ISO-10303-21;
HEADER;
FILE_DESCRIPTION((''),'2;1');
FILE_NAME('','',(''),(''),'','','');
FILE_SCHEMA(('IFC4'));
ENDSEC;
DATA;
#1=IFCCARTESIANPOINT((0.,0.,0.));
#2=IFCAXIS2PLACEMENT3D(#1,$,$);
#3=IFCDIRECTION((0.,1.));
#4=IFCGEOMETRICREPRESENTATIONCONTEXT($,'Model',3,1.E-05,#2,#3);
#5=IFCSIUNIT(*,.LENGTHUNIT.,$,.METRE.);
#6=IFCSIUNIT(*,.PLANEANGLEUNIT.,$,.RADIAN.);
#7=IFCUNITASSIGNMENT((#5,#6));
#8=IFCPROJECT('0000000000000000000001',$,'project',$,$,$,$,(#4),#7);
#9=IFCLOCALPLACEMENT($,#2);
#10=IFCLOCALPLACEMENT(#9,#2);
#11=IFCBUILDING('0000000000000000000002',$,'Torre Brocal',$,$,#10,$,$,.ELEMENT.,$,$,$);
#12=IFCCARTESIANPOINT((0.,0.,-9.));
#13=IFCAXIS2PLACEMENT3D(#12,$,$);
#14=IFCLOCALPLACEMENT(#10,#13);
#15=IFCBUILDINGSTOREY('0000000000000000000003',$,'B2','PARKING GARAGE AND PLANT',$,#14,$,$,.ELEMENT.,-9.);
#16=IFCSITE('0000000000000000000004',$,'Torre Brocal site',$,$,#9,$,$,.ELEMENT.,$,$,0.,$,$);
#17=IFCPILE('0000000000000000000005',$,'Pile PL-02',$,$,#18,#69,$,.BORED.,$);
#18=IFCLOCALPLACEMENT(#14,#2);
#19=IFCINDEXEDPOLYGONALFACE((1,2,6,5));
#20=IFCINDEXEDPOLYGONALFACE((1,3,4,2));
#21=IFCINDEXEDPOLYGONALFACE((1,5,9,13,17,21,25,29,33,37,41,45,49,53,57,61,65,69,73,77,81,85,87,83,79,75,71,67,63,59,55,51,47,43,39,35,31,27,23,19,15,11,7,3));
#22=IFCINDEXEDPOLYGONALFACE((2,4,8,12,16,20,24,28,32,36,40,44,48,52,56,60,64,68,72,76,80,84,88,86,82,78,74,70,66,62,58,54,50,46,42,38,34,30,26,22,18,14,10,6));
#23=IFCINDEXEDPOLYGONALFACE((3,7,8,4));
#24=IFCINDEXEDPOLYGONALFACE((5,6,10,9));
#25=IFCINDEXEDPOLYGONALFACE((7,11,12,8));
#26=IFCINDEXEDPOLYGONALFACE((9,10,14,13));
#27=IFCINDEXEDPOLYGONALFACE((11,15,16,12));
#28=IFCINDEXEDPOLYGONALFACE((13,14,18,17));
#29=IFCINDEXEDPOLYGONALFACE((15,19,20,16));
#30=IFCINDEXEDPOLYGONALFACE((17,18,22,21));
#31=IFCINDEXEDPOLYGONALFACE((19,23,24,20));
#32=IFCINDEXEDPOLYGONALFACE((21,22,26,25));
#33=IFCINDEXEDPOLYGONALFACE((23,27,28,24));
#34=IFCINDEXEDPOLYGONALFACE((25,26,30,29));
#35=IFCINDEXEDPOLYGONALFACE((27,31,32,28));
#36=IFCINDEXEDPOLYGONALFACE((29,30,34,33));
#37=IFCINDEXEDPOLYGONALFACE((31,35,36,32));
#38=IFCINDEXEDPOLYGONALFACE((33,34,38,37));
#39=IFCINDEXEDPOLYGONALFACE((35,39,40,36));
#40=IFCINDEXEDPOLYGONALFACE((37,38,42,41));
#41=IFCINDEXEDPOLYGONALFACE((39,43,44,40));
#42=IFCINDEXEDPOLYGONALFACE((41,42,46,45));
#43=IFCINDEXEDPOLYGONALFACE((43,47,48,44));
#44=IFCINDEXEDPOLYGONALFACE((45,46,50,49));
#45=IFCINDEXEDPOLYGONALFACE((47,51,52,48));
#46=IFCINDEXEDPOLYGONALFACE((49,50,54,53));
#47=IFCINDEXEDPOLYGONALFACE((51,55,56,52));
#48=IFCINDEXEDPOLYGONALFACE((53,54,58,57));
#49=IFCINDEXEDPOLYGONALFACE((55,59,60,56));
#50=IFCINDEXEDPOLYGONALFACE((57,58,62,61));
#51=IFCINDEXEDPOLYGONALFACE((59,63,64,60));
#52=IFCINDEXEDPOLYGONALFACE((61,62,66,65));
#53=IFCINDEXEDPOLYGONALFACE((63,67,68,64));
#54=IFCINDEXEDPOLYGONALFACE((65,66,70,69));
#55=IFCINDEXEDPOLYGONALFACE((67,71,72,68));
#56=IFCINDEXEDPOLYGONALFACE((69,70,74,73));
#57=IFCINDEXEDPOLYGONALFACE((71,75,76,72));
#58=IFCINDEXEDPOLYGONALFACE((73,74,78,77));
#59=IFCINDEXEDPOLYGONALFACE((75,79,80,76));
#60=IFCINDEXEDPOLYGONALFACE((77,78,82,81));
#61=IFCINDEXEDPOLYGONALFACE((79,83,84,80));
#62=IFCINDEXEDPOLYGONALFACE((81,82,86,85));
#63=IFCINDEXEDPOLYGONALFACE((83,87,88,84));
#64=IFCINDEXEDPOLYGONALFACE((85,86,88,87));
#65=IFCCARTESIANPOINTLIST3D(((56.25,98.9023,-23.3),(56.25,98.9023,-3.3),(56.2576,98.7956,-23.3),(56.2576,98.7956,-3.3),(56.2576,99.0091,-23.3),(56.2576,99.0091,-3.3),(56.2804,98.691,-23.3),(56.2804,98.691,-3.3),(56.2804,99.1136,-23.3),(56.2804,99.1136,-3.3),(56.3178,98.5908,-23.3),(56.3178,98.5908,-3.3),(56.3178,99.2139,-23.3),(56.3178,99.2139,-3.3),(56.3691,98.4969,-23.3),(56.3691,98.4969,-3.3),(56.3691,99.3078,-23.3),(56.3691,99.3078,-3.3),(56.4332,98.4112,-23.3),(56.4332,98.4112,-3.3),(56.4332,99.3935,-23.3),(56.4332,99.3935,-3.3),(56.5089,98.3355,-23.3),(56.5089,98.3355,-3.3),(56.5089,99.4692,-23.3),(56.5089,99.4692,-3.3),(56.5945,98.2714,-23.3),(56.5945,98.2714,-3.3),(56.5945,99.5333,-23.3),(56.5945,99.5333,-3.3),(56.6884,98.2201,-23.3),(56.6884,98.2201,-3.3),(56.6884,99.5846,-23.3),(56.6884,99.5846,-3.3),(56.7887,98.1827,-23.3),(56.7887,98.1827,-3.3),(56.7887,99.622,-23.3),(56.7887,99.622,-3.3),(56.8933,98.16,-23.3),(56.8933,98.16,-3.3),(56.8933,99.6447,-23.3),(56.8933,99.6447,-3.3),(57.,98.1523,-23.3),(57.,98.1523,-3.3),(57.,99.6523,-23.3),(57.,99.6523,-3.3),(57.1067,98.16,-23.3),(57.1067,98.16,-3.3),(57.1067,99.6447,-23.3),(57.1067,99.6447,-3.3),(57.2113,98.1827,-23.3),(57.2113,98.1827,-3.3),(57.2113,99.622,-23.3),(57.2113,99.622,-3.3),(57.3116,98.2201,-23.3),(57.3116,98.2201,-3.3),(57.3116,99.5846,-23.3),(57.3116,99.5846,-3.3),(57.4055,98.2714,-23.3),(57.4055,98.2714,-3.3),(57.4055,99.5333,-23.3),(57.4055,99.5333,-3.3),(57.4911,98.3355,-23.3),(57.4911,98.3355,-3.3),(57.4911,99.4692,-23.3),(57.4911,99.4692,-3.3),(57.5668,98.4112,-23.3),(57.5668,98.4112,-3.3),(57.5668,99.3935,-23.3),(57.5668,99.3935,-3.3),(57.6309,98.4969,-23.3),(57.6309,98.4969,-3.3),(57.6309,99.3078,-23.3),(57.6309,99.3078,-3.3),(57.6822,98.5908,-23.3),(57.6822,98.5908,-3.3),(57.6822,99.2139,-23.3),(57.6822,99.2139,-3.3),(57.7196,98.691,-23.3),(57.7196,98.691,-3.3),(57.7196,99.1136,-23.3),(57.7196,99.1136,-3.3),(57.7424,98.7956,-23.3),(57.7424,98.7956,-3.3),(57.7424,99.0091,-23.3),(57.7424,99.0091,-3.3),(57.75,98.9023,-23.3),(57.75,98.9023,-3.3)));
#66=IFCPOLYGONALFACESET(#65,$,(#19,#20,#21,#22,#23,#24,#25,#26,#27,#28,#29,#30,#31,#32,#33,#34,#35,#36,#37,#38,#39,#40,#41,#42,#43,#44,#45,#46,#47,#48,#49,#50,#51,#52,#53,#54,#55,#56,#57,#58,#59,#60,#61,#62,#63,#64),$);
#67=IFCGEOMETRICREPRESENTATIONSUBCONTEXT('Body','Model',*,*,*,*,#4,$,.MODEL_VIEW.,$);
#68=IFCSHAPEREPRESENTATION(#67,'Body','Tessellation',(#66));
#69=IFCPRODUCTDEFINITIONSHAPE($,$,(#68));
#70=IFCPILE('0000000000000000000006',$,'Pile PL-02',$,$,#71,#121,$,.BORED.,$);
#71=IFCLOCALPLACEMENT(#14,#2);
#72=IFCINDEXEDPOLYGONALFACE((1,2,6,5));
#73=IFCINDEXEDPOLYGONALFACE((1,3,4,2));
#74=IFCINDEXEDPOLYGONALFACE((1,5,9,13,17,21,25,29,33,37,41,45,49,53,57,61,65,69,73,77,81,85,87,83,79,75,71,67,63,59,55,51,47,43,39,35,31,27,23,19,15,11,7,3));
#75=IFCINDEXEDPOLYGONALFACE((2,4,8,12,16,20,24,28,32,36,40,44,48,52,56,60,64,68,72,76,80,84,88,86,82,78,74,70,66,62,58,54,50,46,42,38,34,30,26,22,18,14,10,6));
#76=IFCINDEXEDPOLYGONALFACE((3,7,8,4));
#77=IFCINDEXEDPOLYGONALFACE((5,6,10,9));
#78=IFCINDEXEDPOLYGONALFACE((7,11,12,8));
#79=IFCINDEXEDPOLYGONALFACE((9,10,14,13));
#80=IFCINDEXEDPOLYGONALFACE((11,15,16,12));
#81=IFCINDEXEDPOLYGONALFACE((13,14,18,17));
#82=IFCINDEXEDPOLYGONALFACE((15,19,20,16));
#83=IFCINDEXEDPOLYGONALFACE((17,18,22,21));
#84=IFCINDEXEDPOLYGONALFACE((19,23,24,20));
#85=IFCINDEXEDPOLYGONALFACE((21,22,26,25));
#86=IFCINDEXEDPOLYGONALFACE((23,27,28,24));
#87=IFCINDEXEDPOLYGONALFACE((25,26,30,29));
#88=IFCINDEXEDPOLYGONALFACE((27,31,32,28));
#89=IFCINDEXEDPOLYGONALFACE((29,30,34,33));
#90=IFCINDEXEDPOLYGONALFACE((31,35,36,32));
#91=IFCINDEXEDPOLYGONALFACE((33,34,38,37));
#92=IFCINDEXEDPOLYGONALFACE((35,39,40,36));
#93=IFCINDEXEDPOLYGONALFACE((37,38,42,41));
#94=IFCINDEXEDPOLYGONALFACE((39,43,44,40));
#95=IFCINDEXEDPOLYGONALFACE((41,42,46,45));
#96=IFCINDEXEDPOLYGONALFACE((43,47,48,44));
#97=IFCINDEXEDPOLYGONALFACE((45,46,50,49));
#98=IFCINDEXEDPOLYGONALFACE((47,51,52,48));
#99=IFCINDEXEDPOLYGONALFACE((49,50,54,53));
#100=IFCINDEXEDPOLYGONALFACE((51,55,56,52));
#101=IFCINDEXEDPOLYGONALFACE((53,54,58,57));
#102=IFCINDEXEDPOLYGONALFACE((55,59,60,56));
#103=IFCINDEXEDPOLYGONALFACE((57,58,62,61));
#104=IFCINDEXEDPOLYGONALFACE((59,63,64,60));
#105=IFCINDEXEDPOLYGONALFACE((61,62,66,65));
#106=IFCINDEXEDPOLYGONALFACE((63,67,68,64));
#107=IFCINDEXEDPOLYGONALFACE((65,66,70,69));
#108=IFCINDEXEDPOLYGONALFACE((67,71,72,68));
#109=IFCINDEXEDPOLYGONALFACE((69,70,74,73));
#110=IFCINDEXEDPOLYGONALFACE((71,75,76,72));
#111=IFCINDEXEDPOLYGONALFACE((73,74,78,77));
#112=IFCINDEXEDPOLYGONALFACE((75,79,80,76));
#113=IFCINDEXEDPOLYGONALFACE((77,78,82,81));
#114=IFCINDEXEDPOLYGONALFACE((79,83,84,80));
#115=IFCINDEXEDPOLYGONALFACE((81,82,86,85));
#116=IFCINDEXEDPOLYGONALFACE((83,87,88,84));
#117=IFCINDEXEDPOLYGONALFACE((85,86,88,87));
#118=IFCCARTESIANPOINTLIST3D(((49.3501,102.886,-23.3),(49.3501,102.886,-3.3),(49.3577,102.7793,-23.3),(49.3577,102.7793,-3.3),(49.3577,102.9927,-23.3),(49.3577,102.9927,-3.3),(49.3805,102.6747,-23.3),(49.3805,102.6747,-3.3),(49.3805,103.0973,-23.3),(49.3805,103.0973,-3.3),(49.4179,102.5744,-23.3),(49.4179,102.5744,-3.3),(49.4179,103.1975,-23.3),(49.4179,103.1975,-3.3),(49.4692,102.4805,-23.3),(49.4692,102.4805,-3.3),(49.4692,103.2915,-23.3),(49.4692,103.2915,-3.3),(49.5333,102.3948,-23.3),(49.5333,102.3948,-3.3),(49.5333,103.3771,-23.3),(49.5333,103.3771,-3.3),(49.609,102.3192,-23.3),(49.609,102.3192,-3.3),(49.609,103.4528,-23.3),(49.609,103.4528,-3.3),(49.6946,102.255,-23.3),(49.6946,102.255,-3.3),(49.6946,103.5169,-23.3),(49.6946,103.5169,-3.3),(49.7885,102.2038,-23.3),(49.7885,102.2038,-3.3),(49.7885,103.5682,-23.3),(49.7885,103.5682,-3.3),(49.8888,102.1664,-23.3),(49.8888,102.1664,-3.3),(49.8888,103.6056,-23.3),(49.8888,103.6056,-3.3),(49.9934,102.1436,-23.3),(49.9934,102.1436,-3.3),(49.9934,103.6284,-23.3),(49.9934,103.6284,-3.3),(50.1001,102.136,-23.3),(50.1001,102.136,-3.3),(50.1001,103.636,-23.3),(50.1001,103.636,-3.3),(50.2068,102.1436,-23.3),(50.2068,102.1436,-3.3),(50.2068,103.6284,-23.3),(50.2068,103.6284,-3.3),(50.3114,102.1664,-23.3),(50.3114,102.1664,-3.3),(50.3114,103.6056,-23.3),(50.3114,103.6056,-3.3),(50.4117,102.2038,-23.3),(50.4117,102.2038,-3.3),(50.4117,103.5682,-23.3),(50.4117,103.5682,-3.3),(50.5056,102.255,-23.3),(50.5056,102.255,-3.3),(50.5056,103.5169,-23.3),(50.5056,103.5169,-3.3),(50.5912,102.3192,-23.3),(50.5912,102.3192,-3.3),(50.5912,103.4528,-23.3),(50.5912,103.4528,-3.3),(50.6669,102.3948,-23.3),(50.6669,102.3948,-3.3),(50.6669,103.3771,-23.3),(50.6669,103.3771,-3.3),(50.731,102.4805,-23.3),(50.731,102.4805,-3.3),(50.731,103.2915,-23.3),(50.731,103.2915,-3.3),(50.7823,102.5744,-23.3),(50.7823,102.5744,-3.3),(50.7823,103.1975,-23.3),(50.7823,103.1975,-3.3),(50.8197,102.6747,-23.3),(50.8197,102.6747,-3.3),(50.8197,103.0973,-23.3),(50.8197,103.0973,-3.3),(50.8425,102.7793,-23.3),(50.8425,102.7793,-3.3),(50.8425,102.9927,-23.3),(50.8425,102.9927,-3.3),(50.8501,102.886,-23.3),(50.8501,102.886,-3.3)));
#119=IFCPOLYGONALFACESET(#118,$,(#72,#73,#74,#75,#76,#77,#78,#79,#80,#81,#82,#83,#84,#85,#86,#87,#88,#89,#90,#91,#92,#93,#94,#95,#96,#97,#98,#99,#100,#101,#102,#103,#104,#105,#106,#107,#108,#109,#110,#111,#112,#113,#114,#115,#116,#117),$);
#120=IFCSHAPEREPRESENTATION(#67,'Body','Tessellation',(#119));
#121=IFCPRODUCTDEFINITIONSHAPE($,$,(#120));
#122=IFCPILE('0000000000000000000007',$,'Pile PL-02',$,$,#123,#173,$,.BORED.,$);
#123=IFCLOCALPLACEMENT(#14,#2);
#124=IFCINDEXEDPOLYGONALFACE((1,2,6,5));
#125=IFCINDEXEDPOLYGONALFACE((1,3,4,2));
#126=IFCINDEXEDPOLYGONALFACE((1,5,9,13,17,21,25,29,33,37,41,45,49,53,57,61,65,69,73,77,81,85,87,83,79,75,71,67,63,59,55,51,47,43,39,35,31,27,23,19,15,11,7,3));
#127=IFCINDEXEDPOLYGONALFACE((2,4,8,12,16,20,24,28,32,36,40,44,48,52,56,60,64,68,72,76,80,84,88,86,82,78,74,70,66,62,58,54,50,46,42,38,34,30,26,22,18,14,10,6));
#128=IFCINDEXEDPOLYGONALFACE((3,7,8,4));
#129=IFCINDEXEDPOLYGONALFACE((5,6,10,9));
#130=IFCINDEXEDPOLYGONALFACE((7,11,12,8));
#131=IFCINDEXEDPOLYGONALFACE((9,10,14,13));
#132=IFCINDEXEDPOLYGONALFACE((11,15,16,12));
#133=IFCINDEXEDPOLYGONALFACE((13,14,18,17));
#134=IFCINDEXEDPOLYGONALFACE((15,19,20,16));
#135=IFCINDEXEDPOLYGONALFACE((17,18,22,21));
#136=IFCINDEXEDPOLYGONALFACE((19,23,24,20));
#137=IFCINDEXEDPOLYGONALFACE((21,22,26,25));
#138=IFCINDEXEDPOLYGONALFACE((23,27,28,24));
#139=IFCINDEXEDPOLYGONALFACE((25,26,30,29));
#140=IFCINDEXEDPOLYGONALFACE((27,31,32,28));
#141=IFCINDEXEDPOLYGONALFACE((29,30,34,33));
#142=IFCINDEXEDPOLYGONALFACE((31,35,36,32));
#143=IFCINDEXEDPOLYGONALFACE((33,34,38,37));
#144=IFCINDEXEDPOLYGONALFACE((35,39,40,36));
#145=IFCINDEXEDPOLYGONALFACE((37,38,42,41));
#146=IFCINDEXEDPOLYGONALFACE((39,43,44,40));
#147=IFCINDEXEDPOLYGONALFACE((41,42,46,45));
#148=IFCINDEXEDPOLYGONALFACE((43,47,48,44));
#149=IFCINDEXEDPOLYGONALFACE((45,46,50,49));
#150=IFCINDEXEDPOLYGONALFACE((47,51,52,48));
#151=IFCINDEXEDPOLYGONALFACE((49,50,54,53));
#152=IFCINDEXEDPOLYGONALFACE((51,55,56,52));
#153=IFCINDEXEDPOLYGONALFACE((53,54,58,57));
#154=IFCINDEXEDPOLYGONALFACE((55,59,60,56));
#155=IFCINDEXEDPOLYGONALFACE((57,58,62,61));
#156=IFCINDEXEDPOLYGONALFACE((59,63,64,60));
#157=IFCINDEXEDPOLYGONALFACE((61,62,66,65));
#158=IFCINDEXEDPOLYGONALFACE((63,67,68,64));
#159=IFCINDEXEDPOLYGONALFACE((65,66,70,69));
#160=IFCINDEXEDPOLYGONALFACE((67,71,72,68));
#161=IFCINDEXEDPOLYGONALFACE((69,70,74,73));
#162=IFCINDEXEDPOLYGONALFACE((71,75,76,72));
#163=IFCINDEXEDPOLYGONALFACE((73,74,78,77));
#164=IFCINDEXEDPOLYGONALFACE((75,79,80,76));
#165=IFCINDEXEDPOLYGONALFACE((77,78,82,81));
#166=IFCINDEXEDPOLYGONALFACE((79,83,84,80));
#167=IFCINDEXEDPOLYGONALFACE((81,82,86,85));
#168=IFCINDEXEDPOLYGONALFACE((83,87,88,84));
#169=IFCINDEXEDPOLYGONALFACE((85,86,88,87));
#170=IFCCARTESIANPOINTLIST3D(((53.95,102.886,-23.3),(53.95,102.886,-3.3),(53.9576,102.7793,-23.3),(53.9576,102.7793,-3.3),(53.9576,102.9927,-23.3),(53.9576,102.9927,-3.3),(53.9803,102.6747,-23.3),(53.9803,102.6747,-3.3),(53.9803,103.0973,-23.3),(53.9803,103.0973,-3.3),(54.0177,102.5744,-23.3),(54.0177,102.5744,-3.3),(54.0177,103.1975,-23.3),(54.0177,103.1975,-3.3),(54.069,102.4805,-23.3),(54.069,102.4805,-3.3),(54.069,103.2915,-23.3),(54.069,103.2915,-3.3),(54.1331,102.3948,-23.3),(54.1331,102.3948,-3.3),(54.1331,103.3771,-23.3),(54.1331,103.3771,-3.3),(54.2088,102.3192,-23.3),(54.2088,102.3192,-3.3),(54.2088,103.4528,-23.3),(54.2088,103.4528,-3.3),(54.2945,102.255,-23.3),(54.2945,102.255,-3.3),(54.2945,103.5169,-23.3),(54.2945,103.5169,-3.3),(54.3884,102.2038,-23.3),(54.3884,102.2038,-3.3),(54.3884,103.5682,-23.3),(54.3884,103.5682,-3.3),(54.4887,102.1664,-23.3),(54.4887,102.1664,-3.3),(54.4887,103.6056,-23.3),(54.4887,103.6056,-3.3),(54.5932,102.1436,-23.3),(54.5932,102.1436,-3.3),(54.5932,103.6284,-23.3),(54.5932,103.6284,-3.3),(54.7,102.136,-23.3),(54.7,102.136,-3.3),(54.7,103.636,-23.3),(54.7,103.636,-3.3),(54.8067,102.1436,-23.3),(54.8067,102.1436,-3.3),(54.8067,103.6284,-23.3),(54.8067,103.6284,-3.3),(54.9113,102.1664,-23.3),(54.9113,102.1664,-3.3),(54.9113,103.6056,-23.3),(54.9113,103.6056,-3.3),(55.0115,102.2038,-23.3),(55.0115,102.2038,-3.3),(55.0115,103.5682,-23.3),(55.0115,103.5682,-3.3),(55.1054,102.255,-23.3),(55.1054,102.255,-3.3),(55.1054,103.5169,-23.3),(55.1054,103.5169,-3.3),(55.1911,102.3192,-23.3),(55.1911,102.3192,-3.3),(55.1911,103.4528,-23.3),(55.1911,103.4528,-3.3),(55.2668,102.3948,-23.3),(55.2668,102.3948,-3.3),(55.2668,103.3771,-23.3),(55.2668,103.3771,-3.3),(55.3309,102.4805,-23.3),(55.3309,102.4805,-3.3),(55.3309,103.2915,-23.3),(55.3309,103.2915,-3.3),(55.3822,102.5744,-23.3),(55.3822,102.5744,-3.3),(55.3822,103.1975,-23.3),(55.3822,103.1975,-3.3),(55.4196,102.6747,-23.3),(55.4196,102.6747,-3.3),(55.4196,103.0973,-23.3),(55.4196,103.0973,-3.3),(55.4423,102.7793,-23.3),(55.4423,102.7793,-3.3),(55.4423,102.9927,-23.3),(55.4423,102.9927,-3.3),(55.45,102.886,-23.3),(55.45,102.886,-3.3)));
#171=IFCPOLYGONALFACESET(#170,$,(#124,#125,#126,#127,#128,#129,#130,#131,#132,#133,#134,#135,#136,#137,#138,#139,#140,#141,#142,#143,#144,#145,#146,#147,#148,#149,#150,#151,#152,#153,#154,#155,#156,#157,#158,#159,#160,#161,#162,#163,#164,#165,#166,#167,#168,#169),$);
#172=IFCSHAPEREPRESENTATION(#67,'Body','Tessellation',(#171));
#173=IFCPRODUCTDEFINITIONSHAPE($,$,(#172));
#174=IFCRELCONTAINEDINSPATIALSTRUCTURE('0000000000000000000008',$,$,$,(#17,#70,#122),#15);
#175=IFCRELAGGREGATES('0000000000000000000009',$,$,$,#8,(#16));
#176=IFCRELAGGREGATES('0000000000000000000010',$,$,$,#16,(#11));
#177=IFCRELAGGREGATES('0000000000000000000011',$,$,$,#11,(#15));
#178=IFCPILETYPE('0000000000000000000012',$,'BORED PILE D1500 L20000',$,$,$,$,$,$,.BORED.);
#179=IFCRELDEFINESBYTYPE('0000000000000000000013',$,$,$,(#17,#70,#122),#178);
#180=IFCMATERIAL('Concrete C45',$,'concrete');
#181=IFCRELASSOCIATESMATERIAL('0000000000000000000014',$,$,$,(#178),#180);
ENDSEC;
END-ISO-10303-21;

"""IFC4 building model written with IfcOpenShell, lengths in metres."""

from ifc_helpers import new_model, si_unit, direction, frame, origin, origin_2d, place, context, subcontext, project, spatial, circle, extrude, material, material_profile, profile_set, type_object, element, save


model = new_model("IFC4")

# Units and contexts
model_context = context("Model", 3, precision=1e-05, world=origin(), true_north=direction((0.0, 1.0)))
body_context = subcontext(model_context, "Body", "Model", "MODEL_VIEW")
ifc_project = project(units=[si_unit("LENGTHUNIT", "METRE"), si_unit("PLANEANGLEUNIT", "RADIAN")], contexts=[model_context])

# Site, building, storey
site_placement = place(None, origin())
site = spatial("IfcSite", under=ifc_project, at=site_placement, Name="Torre Brocal site", CompositionType="ELEMENT", RefElevation=0.0)
building_placement = place(site_placement, origin())
building = spatial("IfcBuilding", under=site, at=building_placement, Name="Torre Brocal", CompositionType="ELEMENT")
storey_placement = place(building_placement, frame((0.0, 0.0, -9.0)))
storey = spatial("IfcBuildingStorey", under=building, at=storey_placement, Name="B2", Description="PARKING GARAGE AND PLANT", CompositionType="ELEMENT", Elevation=-9.0)

# Piles
ifc_material_1 = material(Name="Concrete C45", Category="concrete")
ifc_material_profile_1 = material_profile(ifc_material_1, circle(Radius=0.75, at=origin_2d()), Name="BORED PILE D1500")
ifc_profile_set_1 = profile_set([ifc_material_profile_1], Name="Concrete C45")
pile_type_1 = type_object("IfcPileType", Name="BORED PILE D1500 L20000", PredefinedType="BORED", material=ifc_profile_set_1)
for number, where, z_axis, x_axis, name in (
    (1, (57.0, 98.9023, -3.3), (0.0, 0.0, -1.0), (1.0, 0.0, 0.0), "Pile PL-02"),
    (2, (50.1001, 102.886, -3.3), (0.0, 0.0, -1.0), (1.0, 0.0, 0.0), "Pile PL-02"),
    (3, (54.7, 102.886, -3.3), (0.0, 0.0, -1.0), (1.0, 0.0, 0.0), "Pile PL-02"),
):
    element("IfcPile", number, at=place(storey_placement, frame(where, z_axis=z_axis, x_axis=x_axis)), inside=storey, type_object=pile_type_1, Name=name, PredefinedType="BORED", context=body_context, shape_type="SweptSolid", body=[
        extrude(circle(Radius=0.75, at=origin_2d()), origin(), (0.0, 0.0, 1.0), 20.0),
    ])

save(model, "model.ifc")
